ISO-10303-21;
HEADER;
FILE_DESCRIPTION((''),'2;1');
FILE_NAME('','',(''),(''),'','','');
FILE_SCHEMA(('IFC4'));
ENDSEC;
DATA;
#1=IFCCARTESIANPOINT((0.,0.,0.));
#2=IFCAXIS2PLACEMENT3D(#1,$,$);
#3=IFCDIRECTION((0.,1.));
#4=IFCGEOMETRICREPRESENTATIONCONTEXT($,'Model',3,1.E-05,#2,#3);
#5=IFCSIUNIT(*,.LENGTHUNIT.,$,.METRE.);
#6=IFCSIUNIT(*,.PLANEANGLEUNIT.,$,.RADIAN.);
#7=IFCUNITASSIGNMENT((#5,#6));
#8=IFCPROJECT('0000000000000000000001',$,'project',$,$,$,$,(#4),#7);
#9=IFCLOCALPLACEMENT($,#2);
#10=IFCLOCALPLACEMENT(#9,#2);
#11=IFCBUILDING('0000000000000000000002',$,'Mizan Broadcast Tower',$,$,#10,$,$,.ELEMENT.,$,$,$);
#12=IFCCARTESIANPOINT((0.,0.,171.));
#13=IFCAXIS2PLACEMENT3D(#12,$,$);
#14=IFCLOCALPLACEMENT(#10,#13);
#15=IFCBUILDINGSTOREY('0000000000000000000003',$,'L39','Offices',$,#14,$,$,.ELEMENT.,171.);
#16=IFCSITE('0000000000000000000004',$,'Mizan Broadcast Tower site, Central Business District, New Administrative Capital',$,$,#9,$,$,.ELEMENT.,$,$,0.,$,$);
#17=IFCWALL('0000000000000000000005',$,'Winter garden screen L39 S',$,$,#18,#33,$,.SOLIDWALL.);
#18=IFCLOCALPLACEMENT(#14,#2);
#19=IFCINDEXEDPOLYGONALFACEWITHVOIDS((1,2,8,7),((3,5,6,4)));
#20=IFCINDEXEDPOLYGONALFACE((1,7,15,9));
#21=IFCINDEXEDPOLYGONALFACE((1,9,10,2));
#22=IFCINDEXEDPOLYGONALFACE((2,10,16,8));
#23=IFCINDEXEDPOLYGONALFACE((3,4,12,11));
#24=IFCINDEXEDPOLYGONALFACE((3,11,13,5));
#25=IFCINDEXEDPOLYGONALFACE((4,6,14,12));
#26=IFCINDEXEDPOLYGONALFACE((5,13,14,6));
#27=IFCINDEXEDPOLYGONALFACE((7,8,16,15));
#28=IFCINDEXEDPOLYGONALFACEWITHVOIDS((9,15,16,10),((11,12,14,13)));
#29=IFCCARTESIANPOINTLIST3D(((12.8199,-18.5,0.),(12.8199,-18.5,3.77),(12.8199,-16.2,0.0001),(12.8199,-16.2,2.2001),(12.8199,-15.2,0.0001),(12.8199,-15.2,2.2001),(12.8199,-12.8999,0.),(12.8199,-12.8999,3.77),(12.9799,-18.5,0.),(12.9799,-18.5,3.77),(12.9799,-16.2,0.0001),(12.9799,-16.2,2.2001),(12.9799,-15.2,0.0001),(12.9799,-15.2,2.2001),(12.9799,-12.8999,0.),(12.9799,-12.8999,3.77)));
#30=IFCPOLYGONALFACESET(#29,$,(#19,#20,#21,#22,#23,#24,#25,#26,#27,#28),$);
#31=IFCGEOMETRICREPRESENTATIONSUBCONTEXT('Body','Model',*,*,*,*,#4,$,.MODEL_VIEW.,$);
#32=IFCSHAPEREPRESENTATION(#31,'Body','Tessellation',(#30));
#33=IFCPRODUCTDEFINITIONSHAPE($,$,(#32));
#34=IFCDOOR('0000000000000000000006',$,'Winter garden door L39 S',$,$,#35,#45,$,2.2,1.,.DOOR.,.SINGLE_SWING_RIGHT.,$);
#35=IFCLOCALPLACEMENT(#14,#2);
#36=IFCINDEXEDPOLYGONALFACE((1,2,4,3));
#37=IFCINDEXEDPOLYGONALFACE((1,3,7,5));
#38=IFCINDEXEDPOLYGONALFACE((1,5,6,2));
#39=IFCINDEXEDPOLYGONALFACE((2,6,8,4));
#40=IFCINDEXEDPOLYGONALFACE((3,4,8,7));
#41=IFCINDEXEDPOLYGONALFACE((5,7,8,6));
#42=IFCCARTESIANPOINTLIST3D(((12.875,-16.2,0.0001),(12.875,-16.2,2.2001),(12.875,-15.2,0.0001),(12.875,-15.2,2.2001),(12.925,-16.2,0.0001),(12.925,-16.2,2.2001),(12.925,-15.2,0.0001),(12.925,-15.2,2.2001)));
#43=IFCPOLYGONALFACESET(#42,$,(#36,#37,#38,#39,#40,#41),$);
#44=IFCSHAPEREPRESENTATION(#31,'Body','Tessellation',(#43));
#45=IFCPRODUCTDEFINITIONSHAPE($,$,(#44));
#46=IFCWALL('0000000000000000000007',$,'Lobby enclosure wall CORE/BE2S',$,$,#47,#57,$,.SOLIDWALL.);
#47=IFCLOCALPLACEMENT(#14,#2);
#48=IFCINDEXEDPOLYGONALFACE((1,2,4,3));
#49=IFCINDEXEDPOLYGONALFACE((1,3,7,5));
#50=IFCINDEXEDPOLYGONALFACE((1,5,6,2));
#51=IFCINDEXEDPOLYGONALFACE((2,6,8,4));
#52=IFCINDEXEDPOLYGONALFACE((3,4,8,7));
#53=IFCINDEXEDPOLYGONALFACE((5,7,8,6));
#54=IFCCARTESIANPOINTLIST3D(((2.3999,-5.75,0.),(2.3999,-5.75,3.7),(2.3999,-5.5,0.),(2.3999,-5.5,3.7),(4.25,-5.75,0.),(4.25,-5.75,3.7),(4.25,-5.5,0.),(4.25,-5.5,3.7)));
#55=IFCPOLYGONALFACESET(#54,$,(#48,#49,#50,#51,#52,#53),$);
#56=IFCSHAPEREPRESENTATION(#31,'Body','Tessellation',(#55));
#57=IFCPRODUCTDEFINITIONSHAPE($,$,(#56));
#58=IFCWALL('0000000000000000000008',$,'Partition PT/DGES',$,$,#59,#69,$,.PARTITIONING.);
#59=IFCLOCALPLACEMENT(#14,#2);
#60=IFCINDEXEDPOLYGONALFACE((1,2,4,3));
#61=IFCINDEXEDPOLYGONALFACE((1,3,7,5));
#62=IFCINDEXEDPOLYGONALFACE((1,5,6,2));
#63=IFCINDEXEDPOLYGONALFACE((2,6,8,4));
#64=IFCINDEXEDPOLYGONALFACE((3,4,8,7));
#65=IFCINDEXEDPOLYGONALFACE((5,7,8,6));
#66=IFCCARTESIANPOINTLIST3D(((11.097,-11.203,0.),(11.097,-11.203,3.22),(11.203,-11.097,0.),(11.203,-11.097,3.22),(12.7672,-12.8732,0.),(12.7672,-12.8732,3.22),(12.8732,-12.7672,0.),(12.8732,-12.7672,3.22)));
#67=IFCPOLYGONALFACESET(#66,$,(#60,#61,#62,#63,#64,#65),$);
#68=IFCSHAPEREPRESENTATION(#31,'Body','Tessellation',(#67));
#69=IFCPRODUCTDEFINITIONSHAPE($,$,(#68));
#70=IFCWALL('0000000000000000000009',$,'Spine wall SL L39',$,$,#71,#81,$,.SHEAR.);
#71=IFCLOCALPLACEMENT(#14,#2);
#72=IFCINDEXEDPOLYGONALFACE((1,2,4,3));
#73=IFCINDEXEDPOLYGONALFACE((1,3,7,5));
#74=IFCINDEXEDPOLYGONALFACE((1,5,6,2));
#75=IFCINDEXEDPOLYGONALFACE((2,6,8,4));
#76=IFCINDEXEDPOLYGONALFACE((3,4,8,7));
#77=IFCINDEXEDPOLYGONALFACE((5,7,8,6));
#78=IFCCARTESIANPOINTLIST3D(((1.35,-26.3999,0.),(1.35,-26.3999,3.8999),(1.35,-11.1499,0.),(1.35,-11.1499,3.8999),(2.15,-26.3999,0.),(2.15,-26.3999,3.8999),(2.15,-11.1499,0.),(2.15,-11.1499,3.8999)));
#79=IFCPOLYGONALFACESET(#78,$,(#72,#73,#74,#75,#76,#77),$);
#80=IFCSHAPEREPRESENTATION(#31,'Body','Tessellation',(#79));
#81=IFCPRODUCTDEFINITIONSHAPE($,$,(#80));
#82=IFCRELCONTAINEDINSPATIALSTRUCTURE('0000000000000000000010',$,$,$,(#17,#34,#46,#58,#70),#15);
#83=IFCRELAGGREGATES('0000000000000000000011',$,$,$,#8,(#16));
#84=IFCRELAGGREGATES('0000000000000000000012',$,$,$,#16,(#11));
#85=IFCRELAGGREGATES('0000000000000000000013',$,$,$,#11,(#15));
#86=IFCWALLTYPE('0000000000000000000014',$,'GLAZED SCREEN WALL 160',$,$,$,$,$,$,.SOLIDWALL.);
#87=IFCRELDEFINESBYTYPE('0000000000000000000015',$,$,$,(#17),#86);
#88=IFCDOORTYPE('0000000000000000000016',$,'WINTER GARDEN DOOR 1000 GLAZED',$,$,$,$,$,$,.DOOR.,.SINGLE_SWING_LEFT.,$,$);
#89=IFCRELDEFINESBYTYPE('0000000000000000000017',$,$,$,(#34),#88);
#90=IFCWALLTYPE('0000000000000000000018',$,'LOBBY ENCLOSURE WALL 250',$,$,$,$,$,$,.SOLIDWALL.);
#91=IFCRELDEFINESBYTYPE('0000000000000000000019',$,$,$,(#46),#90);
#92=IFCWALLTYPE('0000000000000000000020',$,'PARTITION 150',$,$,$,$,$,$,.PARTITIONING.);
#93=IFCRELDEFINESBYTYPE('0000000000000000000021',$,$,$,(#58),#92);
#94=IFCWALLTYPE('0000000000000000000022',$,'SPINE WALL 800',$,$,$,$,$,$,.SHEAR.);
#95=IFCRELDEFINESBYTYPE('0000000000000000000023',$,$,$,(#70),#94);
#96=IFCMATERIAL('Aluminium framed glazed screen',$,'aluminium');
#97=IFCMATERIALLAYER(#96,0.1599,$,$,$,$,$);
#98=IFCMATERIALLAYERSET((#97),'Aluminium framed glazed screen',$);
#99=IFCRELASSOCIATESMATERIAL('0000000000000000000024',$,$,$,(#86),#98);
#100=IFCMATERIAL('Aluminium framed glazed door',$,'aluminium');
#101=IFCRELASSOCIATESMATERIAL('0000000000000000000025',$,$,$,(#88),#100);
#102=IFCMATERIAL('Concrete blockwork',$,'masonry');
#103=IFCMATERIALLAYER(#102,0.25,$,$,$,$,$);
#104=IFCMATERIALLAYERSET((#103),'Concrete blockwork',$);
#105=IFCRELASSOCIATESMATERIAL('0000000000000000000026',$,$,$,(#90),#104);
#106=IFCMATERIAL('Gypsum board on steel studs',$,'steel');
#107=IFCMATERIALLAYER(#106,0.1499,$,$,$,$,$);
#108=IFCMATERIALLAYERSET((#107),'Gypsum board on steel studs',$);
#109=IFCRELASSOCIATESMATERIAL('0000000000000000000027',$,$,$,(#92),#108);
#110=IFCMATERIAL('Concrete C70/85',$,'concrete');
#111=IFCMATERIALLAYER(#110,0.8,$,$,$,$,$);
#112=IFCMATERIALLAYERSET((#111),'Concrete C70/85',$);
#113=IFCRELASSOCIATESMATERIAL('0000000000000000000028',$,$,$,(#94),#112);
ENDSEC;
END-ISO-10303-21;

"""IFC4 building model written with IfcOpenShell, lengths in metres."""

from ifc_helpers import new_model, si_unit, direction, frame, frame_2d, origin, place, context, subcontext, project, spatial, rectangle, extrude, material, layer, layer_set, type_object, element, fill, save


model = new_model("IFC4")

# Units and contexts
model_context = context("Model", 3, precision=1e-05, world=origin(), true_north=direction((0.0, 1.0)))
body_context = subcontext(model_context, "Body", "Model", "MODEL_VIEW")
ifc_project = project(units=[si_unit("LENGTHUNIT", "METRE"), si_unit("PLANEANGLEUNIT", "RADIAN")], contexts=[model_context])

# Site, building, storey
site_placement = place(None, origin())
site = spatial("IfcSite", under=ifc_project, at=site_placement, Name="Mizan Broadcast Tower site, Central Business District, New Administrative Capital", CompositionType="ELEMENT", RefElevation=0.0)
building_placement = place(site_placement, origin())
building = spatial("IfcBuilding", under=site, at=building_placement, Name="Mizan Broadcast Tower", CompositionType="ELEMENT")
storey_placement = place(building_placement, frame((0.0, 0.0, 171.0)))
storey = spatial("IfcBuildingStorey", under=building, at=storey_placement, Name="L39", Description="Offices", CompositionType="ELEMENT", Elevation=171.0)

# Wall, opening, door
ifc_material_1 = material(Name="Aluminium framed glazed screen", Category="aluminium")
ifc_layer_1 = layer(ifc_material_1, 0.1599)
ifc_layer_set_1 = layer_set([ifc_layer_1], Name="Aluminium framed glazed screen")
wall_type_1 = type_object("IfcWallType", Name="GLAZED SCREEN WALL 160", PredefinedType="SOLIDWALL", material=ifc_layer_set_1)
wall_1_placement = place(storey_placement, frame((12.8999, -18.5, 0.0), z_axis=(0.0, 0.0, 1.0), x_axis=(0.0, 1.0, 0.0)))
wall_1 = element("IfcWall", 1, at=wall_1_placement, inside=storey, type_object=wall_type_1, Name="Winter garden screen L39 S", PredefinedType="SOLIDWALL", context=body_context, shape_type="SweptSolid", body=[
    extrude(rectangle(XDim=5.6001, YDim=0.1599, at=frame_2d((2.8, 0.0))), origin(), (0.0, 0.0, 1.0), 3.77),
])
opening_1_placement = place(wall_1_placement, frame((2.3, 0.0, 0.0)))
opening_1 = element("IfcOpeningElement", 2, at=opening_1_placement, cuts=wall_1, PredefinedType="OPENING", context=body_context, shape_type="SweptSolid", body=[
    extrude(rectangle(XDim=1.0, YDim=2.2, at=frame_2d((0.5, 1.1001))), frame((0.0, 0.0898, 0.0), z_axis=(0.0, -1.0, 0.0), x_axis=(1.0, 0.0, 0.0)), (0.0, 0.0, 1.0), 0.1799),
])
ifc_material_2 = material(Name="Aluminium framed glazed door", Category="aluminium")
door_type_1 = type_object("IfcDoorType", Name="WINTER GARDEN DOOR 1000 GLAZED", OperationType="SINGLE_SWING_LEFT", PredefinedType="DOOR", material=ifc_material_2)
door_1_placement = place(opening_1_placement, origin())
door_1 = element("IfcDoor", 3, at=door_1_placement, inside=storey, type_object=door_type_1, Name="Winter garden door L39 S", OperationType="SINGLE_SWING_RIGHT", OverallHeight=2.2, OverallWidth=1.0, PredefinedType="DOOR", context=body_context, shape_type="SweptSolid", body=[
    extrude(rectangle(XDim=1.0, YDim=2.2, at=frame_2d((0.5, 1.1001))), frame((0.0, 0.0249, 0.0), z_axis=(0.0, -1.0, 0.0), x_axis=(1.0, 0.0, 0.0)), (0.0, 0.0, 1.0), 0.05),
])
fill(opening_1, door_1)

# Walls
ifc_material_3 = material(Name="Concrete blockwork", Category="masonry")
ifc_layer_2 = layer(ifc_material_3, 0.25)
ifc_layer_set_2 = layer_set([ifc_layer_2], Name="Concrete blockwork")
wall_type_2 = type_object("IfcWallType", Name="LOBBY ENCLOSURE WALL 250", PredefinedType="SOLIDWALL", material=ifc_layer_set_2)
wall_2_placement = place(storey_placement, frame((2.3999, -5.625, 0.0), z_axis=(0.0, 0.0, 1.0), x_axis=(1.0, 0.0, 0.0)))
element("IfcWall", 4, at=wall_2_placement, inside=storey, type_object=wall_type_2, Name="Lobby enclosure wall CORE/BE2S", PredefinedType="SOLIDWALL", context=body_context, shape_type="SweptSolid", body=[
    extrude(rectangle(XDim=1.8501, YDim=0.25, at=frame_2d((0.925, 0.0))), origin(), (0.0, 0.0, 1.0), 3.7),
])
ifc_material_4 = material(Name="Gypsum board on steel studs", Category="steel")
ifc_layer_3 = layer(ifc_material_4, 0.1499)
ifc_layer_set_3 = layer_set([ifc_layer_3], Name="Gypsum board on steel studs")
wall_type_3 = type_object("IfcWallType", Name="PARTITION 150", PredefinedType="PARTITIONING", material=ifc_layer_set_3)
wall_3_placement = place(storey_placement, frame((11.1499, -11.1499, 0.0), z_axis=(0.0, 0.0, 1.0), x_axis=(0.707107, -0.707107, 0.0)))
element("IfcWall", 5, at=wall_3_placement, inside=storey, type_object=wall_type_3, Name="Partition PT/DGES", PredefinedType="PARTITIONING", context=body_context, shape_type="SweptSolid", body=[
    extrude(rectangle(XDim=2.3621, YDim=0.1499, at=frame_2d((1.1812, 0.0))), origin(), (0.0, 0.0, 1.0), 3.22),
])
ifc_material_5 = material(Name="Concrete C70/85", Category="concrete")
ifc_layer_4 = layer(ifc_material_5, 0.8)
ifc_layer_set_4 = layer_set([ifc_layer_4], Name="Concrete C70/85")
wall_type_4 = type_object("IfcWallType", Name="SPINE WALL 800", PredefinedType="SHEAR", material=ifc_layer_set_4)
wall_4_placement = place(storey_placement, frame((1.75, -11.1499, 0.0), z_axis=(0.0, 0.0, 1.0), x_axis=(0.0, -1.0, 0.0)))
element("IfcWall", 6, at=wall_4_placement, inside=storey, type_object=wall_type_4, Name="Spine wall SL L39", PredefinedType="SHEAR", context=body_context, shape_type="SweptSolid", body=[
    extrude(rectangle(XDim=15.25, YDim=0.8, at=frame_2d((7.625, 0.0))), origin(), (0.0, 0.0, 1.0), 3.8999),
])

save(model, "model.ifc")
